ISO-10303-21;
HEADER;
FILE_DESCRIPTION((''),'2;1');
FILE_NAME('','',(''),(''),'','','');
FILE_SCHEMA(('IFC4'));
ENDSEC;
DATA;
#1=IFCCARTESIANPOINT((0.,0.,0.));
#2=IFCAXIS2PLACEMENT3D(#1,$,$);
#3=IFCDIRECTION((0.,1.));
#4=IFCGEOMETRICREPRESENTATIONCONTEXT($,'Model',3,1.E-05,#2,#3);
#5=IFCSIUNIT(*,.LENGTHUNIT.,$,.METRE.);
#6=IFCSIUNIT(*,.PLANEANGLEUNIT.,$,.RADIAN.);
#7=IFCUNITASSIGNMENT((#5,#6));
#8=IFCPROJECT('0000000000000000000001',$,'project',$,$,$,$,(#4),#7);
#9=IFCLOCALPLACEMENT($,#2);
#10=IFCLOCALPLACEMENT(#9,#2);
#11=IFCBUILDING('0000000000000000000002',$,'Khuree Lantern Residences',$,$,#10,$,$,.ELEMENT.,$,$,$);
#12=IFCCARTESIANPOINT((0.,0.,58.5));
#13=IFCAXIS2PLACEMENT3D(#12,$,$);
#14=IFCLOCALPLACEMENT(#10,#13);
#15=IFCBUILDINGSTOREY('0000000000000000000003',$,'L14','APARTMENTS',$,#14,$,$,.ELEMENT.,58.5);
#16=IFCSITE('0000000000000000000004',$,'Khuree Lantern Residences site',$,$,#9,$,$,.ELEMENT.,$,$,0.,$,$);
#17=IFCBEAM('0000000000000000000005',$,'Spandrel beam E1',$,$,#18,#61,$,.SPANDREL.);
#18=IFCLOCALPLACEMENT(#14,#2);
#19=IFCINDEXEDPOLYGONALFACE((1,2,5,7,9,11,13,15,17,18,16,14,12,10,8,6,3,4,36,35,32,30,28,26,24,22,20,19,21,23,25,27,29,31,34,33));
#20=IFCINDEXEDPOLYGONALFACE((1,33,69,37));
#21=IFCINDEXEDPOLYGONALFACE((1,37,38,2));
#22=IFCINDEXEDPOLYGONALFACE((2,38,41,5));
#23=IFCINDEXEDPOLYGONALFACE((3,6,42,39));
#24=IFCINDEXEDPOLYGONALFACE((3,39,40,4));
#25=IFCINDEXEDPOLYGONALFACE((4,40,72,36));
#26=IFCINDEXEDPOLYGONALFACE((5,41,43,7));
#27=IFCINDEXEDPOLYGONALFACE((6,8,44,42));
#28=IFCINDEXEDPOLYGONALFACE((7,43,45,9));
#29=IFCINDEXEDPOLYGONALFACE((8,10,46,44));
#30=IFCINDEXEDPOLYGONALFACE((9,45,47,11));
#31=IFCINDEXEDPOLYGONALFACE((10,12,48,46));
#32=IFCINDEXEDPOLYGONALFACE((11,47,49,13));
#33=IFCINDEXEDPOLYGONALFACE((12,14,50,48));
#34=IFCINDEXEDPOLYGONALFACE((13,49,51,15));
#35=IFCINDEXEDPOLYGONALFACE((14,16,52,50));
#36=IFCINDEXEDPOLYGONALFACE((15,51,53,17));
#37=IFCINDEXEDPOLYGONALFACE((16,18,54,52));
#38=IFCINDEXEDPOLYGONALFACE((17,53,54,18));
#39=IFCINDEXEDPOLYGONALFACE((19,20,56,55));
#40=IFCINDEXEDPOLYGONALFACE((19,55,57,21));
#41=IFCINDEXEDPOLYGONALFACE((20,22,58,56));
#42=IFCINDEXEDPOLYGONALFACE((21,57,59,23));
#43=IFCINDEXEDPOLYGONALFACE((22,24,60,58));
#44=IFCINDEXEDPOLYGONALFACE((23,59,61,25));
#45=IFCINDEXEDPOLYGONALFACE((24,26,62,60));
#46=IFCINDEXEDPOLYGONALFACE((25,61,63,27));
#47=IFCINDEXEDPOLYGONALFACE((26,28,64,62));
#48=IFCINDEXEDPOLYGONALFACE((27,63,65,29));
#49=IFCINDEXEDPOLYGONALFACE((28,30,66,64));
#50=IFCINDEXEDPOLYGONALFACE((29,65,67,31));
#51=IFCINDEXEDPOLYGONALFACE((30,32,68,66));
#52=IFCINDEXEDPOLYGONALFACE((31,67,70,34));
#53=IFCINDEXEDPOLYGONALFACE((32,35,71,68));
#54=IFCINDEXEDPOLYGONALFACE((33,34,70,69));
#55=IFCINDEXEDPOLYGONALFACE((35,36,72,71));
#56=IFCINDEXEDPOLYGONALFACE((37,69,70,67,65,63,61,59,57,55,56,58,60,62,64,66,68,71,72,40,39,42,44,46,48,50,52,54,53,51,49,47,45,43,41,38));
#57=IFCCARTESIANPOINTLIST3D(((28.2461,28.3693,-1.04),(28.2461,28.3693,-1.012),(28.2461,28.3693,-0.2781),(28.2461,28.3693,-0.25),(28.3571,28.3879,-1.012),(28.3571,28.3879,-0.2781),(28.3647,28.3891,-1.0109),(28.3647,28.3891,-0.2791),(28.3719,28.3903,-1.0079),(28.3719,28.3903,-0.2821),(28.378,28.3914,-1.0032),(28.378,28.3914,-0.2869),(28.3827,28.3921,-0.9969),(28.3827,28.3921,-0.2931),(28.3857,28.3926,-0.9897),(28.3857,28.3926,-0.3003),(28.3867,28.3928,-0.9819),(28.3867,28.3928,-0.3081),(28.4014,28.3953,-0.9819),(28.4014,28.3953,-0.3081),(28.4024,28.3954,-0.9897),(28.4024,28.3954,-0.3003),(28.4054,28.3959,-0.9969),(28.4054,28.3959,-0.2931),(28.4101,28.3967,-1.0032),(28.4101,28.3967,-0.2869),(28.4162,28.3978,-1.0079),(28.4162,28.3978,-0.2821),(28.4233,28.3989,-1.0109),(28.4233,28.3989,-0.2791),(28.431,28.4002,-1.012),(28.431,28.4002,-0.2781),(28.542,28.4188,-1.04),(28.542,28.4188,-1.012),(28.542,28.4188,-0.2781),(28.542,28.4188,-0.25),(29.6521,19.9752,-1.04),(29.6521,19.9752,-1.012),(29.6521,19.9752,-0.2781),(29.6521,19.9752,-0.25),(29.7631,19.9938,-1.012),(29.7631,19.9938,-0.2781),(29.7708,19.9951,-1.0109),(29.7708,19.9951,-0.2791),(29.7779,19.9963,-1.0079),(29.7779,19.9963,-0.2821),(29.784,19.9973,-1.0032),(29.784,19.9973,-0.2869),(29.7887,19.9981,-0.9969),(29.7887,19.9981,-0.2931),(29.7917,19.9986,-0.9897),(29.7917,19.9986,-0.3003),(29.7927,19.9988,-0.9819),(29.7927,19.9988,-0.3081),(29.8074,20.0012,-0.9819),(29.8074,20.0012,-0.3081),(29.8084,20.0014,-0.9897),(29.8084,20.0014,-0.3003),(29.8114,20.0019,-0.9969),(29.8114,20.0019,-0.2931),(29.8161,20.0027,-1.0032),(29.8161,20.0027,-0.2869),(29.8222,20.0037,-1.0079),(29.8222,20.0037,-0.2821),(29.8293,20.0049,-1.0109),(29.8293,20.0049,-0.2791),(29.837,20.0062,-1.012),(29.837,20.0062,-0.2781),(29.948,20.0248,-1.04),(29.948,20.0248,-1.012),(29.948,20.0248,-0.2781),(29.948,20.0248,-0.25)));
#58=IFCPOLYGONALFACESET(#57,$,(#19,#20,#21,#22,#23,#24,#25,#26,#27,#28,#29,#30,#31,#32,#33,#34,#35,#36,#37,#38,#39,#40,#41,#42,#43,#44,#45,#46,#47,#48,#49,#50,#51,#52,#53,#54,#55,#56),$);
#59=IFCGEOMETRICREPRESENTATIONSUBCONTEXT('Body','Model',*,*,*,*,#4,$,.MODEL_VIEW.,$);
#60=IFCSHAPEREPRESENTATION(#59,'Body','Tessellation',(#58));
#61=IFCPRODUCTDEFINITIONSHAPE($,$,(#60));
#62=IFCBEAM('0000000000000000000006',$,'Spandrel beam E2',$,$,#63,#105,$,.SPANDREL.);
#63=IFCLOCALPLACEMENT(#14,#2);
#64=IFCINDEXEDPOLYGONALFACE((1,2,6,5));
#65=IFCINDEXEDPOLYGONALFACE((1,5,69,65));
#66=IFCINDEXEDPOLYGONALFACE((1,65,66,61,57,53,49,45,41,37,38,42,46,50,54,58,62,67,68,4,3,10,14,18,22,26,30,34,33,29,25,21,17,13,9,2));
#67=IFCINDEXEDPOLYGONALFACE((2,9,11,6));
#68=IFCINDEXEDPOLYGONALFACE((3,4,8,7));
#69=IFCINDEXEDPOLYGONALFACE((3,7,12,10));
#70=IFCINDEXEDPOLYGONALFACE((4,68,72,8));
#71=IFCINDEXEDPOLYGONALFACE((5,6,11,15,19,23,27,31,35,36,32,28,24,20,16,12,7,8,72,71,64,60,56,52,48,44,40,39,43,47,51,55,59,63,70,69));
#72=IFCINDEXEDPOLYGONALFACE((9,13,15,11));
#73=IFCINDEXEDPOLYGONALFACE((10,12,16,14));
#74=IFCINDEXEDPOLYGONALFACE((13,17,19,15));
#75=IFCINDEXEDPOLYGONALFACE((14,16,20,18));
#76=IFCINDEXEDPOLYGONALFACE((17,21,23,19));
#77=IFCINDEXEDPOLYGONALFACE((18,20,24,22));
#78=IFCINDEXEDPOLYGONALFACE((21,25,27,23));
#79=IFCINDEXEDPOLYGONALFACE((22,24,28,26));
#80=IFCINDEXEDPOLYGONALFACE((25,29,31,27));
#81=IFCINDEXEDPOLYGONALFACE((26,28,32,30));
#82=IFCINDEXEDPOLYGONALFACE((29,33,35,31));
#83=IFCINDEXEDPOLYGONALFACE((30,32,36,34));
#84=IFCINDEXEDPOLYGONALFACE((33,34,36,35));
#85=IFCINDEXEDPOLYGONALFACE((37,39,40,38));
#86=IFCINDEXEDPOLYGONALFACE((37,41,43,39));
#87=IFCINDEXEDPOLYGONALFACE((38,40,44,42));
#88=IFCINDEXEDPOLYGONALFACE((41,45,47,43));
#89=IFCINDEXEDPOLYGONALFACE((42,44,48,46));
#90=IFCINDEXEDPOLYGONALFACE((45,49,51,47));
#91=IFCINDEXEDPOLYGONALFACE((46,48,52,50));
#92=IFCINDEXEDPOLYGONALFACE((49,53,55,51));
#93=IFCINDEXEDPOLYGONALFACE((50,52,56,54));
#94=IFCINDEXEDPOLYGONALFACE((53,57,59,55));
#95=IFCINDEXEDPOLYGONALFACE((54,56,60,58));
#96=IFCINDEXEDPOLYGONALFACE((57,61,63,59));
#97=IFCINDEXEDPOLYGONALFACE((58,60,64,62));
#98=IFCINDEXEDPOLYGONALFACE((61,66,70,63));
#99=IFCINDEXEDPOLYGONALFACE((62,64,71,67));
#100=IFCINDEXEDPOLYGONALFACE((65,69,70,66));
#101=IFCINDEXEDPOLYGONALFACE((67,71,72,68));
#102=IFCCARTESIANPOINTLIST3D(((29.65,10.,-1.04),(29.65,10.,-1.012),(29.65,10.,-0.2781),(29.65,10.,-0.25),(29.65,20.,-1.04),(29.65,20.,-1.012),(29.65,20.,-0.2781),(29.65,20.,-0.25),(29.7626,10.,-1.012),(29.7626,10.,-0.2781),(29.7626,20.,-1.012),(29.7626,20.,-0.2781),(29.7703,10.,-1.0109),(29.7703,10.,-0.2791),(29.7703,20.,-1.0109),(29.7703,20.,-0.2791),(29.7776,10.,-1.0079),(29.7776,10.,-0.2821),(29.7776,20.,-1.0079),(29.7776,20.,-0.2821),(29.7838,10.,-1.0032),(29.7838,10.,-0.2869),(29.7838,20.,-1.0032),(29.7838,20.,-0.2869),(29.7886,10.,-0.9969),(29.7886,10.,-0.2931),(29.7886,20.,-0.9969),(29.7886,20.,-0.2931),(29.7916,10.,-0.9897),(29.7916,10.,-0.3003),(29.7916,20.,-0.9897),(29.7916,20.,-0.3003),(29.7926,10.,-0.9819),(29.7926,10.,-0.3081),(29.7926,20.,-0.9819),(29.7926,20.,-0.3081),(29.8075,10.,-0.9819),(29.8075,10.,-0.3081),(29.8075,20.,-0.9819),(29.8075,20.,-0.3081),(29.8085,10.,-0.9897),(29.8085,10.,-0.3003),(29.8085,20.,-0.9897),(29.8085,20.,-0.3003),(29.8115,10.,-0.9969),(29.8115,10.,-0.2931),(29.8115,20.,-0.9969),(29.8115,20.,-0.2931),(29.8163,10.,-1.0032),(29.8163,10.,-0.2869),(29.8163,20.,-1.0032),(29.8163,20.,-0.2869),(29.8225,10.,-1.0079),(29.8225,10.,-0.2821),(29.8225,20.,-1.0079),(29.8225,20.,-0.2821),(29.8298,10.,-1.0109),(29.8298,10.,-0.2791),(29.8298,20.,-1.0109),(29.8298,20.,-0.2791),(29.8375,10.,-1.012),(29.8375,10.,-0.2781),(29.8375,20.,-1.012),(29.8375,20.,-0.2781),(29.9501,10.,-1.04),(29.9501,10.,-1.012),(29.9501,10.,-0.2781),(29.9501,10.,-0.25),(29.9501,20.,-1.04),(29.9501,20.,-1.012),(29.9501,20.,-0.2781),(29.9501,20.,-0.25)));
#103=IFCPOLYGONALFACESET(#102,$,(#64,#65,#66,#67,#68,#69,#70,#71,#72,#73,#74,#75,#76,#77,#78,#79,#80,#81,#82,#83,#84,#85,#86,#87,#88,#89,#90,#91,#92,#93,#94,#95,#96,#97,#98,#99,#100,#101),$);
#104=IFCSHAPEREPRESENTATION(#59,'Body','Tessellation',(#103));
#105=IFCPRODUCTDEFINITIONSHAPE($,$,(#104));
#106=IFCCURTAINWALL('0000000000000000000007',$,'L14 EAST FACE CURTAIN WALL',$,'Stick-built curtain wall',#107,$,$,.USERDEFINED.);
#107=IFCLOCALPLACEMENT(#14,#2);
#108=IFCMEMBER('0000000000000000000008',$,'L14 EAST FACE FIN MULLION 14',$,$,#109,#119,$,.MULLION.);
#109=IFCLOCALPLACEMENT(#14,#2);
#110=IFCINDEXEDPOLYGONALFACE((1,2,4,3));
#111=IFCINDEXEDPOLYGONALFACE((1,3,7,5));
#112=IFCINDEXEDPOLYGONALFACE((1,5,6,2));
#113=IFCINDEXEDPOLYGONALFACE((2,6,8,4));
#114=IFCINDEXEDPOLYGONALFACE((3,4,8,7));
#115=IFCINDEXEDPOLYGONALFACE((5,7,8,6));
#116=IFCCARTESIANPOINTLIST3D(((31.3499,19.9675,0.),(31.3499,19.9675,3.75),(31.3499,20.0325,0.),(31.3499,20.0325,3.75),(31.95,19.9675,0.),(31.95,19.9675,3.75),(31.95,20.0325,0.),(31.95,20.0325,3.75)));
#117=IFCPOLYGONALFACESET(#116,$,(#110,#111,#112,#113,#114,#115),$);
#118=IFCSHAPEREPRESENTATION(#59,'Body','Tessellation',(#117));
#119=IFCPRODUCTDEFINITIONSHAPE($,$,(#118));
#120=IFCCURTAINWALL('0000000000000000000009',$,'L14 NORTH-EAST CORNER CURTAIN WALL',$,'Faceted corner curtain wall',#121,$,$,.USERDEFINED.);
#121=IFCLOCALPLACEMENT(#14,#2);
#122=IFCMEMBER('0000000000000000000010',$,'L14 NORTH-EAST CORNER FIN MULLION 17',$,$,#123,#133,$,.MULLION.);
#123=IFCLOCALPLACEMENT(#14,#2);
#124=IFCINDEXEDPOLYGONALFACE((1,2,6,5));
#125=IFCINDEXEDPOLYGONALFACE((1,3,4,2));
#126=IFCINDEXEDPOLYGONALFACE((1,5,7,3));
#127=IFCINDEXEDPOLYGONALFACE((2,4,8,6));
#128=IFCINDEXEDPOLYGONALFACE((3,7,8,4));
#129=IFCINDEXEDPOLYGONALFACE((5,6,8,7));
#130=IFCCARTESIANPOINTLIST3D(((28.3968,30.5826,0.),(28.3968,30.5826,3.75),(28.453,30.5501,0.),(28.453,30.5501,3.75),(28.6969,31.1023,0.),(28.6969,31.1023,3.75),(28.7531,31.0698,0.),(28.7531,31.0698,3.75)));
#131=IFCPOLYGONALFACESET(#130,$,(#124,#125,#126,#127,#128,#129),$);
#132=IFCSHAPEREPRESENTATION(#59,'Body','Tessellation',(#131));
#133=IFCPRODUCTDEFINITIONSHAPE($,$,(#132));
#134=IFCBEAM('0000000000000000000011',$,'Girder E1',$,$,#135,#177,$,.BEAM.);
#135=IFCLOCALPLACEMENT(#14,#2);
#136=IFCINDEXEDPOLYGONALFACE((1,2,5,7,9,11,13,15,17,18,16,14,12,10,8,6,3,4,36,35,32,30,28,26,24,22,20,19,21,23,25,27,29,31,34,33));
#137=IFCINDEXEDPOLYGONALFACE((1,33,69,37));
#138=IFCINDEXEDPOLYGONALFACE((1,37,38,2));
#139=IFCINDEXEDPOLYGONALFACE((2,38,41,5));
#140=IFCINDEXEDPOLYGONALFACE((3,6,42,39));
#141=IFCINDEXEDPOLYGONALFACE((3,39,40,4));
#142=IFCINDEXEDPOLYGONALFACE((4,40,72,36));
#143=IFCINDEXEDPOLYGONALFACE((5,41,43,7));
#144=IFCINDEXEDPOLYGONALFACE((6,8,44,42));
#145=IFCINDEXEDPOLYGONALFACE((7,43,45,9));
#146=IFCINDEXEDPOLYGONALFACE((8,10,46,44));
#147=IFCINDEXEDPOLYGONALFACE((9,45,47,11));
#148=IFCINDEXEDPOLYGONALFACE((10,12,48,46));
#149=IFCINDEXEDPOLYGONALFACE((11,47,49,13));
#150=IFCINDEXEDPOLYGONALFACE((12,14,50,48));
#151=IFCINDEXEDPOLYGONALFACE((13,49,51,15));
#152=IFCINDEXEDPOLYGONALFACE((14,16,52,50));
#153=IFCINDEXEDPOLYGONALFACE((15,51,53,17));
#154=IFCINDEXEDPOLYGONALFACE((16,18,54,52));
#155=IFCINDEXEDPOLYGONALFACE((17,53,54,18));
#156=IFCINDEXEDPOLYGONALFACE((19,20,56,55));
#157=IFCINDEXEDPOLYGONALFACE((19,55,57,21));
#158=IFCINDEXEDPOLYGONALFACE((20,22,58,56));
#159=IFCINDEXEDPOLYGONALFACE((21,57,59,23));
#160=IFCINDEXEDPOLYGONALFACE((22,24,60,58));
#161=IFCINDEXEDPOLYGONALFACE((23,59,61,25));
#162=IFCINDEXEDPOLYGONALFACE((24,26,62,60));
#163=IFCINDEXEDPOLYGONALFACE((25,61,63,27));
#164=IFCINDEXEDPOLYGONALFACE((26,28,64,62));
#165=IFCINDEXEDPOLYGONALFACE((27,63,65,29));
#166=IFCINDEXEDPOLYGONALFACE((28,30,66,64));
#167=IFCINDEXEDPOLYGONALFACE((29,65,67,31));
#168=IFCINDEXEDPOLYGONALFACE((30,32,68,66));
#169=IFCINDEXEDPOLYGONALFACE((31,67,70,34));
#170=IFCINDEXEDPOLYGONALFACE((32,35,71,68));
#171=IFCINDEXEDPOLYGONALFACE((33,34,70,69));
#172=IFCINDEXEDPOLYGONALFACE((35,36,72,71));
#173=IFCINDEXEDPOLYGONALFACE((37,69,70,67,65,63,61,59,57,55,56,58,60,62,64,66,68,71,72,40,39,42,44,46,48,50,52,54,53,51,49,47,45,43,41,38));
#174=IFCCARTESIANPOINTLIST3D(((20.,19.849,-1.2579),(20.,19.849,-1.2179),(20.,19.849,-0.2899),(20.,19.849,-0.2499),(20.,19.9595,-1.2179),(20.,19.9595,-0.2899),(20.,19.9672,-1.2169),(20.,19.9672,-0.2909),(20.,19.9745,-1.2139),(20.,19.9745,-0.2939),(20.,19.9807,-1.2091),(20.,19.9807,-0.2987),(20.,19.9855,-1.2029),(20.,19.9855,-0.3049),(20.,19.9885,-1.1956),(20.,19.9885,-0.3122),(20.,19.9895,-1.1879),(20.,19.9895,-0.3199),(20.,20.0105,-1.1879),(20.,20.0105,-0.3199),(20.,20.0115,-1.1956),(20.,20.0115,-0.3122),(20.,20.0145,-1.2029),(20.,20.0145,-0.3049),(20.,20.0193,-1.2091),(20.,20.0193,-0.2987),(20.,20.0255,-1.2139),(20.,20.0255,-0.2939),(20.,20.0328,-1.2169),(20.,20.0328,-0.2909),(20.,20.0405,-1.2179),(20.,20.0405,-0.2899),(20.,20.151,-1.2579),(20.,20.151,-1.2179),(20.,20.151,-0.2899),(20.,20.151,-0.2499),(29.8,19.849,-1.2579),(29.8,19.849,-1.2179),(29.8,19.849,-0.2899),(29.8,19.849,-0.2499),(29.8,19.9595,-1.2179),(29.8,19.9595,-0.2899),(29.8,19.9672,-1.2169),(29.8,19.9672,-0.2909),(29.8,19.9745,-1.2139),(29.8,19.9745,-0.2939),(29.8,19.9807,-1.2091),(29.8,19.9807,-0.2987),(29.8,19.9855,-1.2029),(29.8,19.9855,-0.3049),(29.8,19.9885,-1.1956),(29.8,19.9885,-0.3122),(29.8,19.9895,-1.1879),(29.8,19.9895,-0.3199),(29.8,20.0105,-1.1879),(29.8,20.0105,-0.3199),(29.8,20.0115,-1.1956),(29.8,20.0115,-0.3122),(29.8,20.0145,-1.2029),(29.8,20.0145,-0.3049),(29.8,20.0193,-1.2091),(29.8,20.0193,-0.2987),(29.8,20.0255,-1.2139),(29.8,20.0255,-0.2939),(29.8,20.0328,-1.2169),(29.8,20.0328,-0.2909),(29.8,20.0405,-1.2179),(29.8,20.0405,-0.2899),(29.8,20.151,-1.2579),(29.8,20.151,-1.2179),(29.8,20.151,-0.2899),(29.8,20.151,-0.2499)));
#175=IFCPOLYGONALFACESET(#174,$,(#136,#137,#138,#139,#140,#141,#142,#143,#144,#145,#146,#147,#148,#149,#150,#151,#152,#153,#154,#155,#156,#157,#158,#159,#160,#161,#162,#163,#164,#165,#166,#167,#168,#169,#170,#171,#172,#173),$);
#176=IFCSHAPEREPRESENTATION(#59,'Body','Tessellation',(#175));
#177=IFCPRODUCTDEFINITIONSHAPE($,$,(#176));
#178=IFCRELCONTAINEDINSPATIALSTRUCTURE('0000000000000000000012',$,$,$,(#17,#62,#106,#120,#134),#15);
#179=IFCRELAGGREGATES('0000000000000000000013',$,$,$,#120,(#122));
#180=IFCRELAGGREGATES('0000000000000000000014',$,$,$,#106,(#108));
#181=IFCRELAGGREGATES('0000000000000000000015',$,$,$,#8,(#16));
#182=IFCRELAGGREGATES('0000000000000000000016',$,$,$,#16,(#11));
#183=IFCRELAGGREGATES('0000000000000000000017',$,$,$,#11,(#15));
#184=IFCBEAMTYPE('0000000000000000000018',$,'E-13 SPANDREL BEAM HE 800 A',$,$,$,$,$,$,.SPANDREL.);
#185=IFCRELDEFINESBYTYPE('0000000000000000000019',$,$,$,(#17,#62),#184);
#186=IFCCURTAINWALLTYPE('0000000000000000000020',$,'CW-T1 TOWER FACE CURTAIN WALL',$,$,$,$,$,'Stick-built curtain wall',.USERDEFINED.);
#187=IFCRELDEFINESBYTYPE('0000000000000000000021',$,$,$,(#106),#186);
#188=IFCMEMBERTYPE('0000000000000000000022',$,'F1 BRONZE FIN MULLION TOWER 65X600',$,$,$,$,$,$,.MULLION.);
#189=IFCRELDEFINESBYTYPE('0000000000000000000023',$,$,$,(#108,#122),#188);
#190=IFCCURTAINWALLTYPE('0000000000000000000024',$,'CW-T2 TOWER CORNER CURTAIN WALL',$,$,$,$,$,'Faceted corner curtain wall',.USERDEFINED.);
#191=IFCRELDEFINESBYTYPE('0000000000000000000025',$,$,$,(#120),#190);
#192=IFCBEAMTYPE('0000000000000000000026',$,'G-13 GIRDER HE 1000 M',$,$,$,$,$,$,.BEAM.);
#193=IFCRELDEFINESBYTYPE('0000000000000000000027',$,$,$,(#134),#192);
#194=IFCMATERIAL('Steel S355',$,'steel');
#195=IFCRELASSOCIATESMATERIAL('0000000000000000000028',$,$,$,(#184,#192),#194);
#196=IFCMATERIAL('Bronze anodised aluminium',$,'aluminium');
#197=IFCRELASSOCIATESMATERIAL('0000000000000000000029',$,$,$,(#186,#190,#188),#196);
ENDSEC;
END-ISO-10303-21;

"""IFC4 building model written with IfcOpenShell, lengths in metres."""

from ifc_helpers import new_model, si_unit, direction, frame, origin, origin_2d, place, context, subcontext, project, spatial, rectangle, i_section, extrude, material, material_profile, profile_set, type_object, element, aggregate, save


model = new_model("IFC4")

# Units and contexts
model_context = context("Model", 3, precision=1e-05, world=origin(), true_north=direction((0.0, 1.0)))
body_context = subcontext(model_context, "Body", "Model", "MODEL_VIEW")
ifc_project = project(units=[si_unit("LENGTHUNIT", "METRE"), si_unit("PLANEANGLEUNIT", "RADIAN")], contexts=[model_context])

# Site, building, storey
site_placement = place(None, origin())
site = spatial("IfcSite", under=ifc_project, at=site_placement, Name="Khuree Lantern Residences site", CompositionType="ELEMENT", RefElevation=0.0)
building_placement = place(site_placement, origin())
building = spatial("IfcBuilding", under=site, at=building_placement, Name="Khuree Lantern Residences", CompositionType="ELEMENT")
storey_placement = place(building_placement, frame((0.0, 0.0, 58.5)))
storey = spatial("IfcBuildingStorey", under=building, at=storey_placement, Name="L14", Description="APARTMENTS", CompositionType="ELEMENT", Elevation=58.5)

# Beams
ifc_material_1 = material(Name="Steel S355", Category="steel")
ifc_material_profile_1 = material_profile(ifc_material_1, i_section(OverallWidth=0.3, OverallDepth=0.79, WebThickness=0.0149, FlangeThickness=0.0281, FilletRadius=0.03, at=origin_2d()), Name="HE 800 A")
ifc_profile_set_1 = profile_set([ifc_material_profile_1], Name="Steel S355")
beam_type_1 = type_object("IfcBeamType", Name="E-13 SPANDREL BEAM HE 800 A", PredefinedType="SPANDREL", material=ifc_profile_set_1)
for number, where, z_axis, x_axis, name in (
    (1, (28.394, 28.394, -0.645), (0.165199, -0.98626, 0.0), (0.98626, 0.165199, 0.0), "Spandrel beam E1"),
):
    element("IfcBeam", number, at=place(storey_placement, frame(where, z_axis=z_axis, x_axis=x_axis)), inside=storey, type_object=beam_type_1, Name=name, PredefinedType="SPANDREL", context=body_context, shape_type="SweptSolid", body=[
        extrude(i_section(OverallWidth=0.3, OverallDepth=0.79, WebThickness=0.0149, FlangeThickness=0.0281, FilletRadius=0.03, at=origin_2d()), origin(), (0.0, 0.0, 1.0), 8.511),
    ])
beam_1_placement = place(storey_placement, frame((29.8, 20.0, -0.645), z_axis=(0.0, -1.0, 0.0), x_axis=(1.0, 0.0, 0.0)))
element("IfcBeam", 2, at=beam_1_placement, inside=storey, type_object=beam_type_1, Name="Spandrel beam E2", PredefinedType="SPANDREL", context=body_context, shape_type="SweptSolid", body=[
    extrude(i_section(OverallWidth=0.3, OverallDepth=0.79, WebThickness=0.0149, FlangeThickness=0.0281, FilletRadius=0.03, at=origin_2d()), origin(), (0.0, 0.0, 1.0), 10.0),
])

# Curtain walls, members
ifc_material_2 = material(Name="Bronze anodised aluminium", Category="aluminium")
curtain_wall_type_1 = type_object("IfcCurtainWallType", Name="CW-T1 TOWER FACE CURTAIN WALL", ElementType="Stick-built curtain wall", PredefinedType="USERDEFINED", material=ifc_material_2)
curtain_wall_1_placement = place(storey_placement, origin())
curtain_wall_1 = element("IfcCurtainWall", 3, at=curtain_wall_1_placement, inside=storey, type_object=curtain_wall_type_1, Name="L14 EAST FACE CURTAIN WALL", ObjectType="Stick-built curtain wall", PredefinedType="USERDEFINED")
ifc_material_profile_2 = material_profile(ifc_material_2, rectangle(XDim=0.0649, YDim=0.6001, at=origin_2d()), Name="F1 65X600")
ifc_profile_set_2 = profile_set([ifc_material_profile_2], Name="Bronze anodised aluminium")
member_type_1 = type_object("IfcMemberType", Name="F1 BRONZE FIN MULLION TOWER 65X600", PredefinedType="MULLION", material=ifc_profile_set_2)
member_1_placement = place(storey_placement, frame((31.6499, 20.0, 0.0), z_axis=(0.0, 0.0, 1.0), x_axis=(0.0, 1.0, 0.0)))
member_1 = element("IfcMember", 4, at=member_1_placement, type_object=member_type_1, Name="L14 EAST FACE FIN MULLION 14", PredefinedType="MULLION", context=body_context, shape_type="SweptSolid", body=[
    extrude(rectangle(XDim=0.0649, YDim=0.6001, at=origin_2d()), origin(), (0.0, 0.0, 1.0), 3.75),
])
curtain_wall_type_2 = type_object("IfcCurtainWallType", Name="CW-T2 TOWER CORNER CURTAIN WALL", ElementType="Faceted corner curtain wall", PredefinedType="USERDEFINED", material=ifc_material_2)
curtain_wall_2_placement = place(storey_placement, origin())
curtain_wall_2 = element("IfcCurtainWall", 5, at=curtain_wall_2_placement, inside=storey, type_object=curtain_wall_type_2, Name="L14 NORTH-EAST CORNER CURTAIN WALL", ObjectType="Faceted corner curtain wall", PredefinedType="USERDEFINED")
member_2_placement = place(storey_placement, frame((28.575, 30.8262, 0.0), z_axis=(0.0, 0.0, 1.0), x_axis=(-0.866025, 0.5, 0.0)))
member_2 = element("IfcMember", 6, at=member_2_placement, type_object=member_type_1, Name="L14 NORTH-EAST CORNER FIN MULLION 17", PredefinedType="MULLION", context=body_context, shape_type="SweptSolid", body=[
    extrude(rectangle(XDim=0.0649, YDim=0.6001, at=origin_2d()), origin(), (0.0, 0.0, 1.0), 3.75),
])

# Beam
ifc_material_profile_3 = material_profile(ifc_material_1, i_section(OverallWidth=0.302, OverallDepth=1.0081, WebThickness=0.021, FlangeThickness=0.04, FilletRadius=0.03, at=origin_2d()), Name="HE 1000 M")
ifc_profile_set_3 = profile_set([ifc_material_profile_3], Name="Steel S355")
beam_type_2 = type_object("IfcBeamType", Name="G-13 GIRDER HE 1000 M", PredefinedType="BEAM", material=ifc_profile_set_3)
beam_2_placement = place(storey_placement, frame((29.8, 20.0, -0.7539), z_axis=(-1.0, 0.0, 0.0), x_axis=(0.0, -1.0, 0.0)))
element("IfcBeam", 7, at=beam_2_placement, inside=storey, type_object=beam_type_2, Name="Girder E1", PredefinedType="BEAM", context=body_context, shape_type="SweptSolid", body=[
    extrude(i_section(OverallWidth=0.302, OverallDepth=1.0081, WebThickness=0.021, FlangeThickness=0.04, FilletRadius=0.03, at=origin_2d()), origin(), (0.0, 0.0, 1.0), 9.8),
])

aggregate(curtain_wall_2, [member_2])
aggregate(curtain_wall_1, [member_1])

save(model, "model.ifc")
